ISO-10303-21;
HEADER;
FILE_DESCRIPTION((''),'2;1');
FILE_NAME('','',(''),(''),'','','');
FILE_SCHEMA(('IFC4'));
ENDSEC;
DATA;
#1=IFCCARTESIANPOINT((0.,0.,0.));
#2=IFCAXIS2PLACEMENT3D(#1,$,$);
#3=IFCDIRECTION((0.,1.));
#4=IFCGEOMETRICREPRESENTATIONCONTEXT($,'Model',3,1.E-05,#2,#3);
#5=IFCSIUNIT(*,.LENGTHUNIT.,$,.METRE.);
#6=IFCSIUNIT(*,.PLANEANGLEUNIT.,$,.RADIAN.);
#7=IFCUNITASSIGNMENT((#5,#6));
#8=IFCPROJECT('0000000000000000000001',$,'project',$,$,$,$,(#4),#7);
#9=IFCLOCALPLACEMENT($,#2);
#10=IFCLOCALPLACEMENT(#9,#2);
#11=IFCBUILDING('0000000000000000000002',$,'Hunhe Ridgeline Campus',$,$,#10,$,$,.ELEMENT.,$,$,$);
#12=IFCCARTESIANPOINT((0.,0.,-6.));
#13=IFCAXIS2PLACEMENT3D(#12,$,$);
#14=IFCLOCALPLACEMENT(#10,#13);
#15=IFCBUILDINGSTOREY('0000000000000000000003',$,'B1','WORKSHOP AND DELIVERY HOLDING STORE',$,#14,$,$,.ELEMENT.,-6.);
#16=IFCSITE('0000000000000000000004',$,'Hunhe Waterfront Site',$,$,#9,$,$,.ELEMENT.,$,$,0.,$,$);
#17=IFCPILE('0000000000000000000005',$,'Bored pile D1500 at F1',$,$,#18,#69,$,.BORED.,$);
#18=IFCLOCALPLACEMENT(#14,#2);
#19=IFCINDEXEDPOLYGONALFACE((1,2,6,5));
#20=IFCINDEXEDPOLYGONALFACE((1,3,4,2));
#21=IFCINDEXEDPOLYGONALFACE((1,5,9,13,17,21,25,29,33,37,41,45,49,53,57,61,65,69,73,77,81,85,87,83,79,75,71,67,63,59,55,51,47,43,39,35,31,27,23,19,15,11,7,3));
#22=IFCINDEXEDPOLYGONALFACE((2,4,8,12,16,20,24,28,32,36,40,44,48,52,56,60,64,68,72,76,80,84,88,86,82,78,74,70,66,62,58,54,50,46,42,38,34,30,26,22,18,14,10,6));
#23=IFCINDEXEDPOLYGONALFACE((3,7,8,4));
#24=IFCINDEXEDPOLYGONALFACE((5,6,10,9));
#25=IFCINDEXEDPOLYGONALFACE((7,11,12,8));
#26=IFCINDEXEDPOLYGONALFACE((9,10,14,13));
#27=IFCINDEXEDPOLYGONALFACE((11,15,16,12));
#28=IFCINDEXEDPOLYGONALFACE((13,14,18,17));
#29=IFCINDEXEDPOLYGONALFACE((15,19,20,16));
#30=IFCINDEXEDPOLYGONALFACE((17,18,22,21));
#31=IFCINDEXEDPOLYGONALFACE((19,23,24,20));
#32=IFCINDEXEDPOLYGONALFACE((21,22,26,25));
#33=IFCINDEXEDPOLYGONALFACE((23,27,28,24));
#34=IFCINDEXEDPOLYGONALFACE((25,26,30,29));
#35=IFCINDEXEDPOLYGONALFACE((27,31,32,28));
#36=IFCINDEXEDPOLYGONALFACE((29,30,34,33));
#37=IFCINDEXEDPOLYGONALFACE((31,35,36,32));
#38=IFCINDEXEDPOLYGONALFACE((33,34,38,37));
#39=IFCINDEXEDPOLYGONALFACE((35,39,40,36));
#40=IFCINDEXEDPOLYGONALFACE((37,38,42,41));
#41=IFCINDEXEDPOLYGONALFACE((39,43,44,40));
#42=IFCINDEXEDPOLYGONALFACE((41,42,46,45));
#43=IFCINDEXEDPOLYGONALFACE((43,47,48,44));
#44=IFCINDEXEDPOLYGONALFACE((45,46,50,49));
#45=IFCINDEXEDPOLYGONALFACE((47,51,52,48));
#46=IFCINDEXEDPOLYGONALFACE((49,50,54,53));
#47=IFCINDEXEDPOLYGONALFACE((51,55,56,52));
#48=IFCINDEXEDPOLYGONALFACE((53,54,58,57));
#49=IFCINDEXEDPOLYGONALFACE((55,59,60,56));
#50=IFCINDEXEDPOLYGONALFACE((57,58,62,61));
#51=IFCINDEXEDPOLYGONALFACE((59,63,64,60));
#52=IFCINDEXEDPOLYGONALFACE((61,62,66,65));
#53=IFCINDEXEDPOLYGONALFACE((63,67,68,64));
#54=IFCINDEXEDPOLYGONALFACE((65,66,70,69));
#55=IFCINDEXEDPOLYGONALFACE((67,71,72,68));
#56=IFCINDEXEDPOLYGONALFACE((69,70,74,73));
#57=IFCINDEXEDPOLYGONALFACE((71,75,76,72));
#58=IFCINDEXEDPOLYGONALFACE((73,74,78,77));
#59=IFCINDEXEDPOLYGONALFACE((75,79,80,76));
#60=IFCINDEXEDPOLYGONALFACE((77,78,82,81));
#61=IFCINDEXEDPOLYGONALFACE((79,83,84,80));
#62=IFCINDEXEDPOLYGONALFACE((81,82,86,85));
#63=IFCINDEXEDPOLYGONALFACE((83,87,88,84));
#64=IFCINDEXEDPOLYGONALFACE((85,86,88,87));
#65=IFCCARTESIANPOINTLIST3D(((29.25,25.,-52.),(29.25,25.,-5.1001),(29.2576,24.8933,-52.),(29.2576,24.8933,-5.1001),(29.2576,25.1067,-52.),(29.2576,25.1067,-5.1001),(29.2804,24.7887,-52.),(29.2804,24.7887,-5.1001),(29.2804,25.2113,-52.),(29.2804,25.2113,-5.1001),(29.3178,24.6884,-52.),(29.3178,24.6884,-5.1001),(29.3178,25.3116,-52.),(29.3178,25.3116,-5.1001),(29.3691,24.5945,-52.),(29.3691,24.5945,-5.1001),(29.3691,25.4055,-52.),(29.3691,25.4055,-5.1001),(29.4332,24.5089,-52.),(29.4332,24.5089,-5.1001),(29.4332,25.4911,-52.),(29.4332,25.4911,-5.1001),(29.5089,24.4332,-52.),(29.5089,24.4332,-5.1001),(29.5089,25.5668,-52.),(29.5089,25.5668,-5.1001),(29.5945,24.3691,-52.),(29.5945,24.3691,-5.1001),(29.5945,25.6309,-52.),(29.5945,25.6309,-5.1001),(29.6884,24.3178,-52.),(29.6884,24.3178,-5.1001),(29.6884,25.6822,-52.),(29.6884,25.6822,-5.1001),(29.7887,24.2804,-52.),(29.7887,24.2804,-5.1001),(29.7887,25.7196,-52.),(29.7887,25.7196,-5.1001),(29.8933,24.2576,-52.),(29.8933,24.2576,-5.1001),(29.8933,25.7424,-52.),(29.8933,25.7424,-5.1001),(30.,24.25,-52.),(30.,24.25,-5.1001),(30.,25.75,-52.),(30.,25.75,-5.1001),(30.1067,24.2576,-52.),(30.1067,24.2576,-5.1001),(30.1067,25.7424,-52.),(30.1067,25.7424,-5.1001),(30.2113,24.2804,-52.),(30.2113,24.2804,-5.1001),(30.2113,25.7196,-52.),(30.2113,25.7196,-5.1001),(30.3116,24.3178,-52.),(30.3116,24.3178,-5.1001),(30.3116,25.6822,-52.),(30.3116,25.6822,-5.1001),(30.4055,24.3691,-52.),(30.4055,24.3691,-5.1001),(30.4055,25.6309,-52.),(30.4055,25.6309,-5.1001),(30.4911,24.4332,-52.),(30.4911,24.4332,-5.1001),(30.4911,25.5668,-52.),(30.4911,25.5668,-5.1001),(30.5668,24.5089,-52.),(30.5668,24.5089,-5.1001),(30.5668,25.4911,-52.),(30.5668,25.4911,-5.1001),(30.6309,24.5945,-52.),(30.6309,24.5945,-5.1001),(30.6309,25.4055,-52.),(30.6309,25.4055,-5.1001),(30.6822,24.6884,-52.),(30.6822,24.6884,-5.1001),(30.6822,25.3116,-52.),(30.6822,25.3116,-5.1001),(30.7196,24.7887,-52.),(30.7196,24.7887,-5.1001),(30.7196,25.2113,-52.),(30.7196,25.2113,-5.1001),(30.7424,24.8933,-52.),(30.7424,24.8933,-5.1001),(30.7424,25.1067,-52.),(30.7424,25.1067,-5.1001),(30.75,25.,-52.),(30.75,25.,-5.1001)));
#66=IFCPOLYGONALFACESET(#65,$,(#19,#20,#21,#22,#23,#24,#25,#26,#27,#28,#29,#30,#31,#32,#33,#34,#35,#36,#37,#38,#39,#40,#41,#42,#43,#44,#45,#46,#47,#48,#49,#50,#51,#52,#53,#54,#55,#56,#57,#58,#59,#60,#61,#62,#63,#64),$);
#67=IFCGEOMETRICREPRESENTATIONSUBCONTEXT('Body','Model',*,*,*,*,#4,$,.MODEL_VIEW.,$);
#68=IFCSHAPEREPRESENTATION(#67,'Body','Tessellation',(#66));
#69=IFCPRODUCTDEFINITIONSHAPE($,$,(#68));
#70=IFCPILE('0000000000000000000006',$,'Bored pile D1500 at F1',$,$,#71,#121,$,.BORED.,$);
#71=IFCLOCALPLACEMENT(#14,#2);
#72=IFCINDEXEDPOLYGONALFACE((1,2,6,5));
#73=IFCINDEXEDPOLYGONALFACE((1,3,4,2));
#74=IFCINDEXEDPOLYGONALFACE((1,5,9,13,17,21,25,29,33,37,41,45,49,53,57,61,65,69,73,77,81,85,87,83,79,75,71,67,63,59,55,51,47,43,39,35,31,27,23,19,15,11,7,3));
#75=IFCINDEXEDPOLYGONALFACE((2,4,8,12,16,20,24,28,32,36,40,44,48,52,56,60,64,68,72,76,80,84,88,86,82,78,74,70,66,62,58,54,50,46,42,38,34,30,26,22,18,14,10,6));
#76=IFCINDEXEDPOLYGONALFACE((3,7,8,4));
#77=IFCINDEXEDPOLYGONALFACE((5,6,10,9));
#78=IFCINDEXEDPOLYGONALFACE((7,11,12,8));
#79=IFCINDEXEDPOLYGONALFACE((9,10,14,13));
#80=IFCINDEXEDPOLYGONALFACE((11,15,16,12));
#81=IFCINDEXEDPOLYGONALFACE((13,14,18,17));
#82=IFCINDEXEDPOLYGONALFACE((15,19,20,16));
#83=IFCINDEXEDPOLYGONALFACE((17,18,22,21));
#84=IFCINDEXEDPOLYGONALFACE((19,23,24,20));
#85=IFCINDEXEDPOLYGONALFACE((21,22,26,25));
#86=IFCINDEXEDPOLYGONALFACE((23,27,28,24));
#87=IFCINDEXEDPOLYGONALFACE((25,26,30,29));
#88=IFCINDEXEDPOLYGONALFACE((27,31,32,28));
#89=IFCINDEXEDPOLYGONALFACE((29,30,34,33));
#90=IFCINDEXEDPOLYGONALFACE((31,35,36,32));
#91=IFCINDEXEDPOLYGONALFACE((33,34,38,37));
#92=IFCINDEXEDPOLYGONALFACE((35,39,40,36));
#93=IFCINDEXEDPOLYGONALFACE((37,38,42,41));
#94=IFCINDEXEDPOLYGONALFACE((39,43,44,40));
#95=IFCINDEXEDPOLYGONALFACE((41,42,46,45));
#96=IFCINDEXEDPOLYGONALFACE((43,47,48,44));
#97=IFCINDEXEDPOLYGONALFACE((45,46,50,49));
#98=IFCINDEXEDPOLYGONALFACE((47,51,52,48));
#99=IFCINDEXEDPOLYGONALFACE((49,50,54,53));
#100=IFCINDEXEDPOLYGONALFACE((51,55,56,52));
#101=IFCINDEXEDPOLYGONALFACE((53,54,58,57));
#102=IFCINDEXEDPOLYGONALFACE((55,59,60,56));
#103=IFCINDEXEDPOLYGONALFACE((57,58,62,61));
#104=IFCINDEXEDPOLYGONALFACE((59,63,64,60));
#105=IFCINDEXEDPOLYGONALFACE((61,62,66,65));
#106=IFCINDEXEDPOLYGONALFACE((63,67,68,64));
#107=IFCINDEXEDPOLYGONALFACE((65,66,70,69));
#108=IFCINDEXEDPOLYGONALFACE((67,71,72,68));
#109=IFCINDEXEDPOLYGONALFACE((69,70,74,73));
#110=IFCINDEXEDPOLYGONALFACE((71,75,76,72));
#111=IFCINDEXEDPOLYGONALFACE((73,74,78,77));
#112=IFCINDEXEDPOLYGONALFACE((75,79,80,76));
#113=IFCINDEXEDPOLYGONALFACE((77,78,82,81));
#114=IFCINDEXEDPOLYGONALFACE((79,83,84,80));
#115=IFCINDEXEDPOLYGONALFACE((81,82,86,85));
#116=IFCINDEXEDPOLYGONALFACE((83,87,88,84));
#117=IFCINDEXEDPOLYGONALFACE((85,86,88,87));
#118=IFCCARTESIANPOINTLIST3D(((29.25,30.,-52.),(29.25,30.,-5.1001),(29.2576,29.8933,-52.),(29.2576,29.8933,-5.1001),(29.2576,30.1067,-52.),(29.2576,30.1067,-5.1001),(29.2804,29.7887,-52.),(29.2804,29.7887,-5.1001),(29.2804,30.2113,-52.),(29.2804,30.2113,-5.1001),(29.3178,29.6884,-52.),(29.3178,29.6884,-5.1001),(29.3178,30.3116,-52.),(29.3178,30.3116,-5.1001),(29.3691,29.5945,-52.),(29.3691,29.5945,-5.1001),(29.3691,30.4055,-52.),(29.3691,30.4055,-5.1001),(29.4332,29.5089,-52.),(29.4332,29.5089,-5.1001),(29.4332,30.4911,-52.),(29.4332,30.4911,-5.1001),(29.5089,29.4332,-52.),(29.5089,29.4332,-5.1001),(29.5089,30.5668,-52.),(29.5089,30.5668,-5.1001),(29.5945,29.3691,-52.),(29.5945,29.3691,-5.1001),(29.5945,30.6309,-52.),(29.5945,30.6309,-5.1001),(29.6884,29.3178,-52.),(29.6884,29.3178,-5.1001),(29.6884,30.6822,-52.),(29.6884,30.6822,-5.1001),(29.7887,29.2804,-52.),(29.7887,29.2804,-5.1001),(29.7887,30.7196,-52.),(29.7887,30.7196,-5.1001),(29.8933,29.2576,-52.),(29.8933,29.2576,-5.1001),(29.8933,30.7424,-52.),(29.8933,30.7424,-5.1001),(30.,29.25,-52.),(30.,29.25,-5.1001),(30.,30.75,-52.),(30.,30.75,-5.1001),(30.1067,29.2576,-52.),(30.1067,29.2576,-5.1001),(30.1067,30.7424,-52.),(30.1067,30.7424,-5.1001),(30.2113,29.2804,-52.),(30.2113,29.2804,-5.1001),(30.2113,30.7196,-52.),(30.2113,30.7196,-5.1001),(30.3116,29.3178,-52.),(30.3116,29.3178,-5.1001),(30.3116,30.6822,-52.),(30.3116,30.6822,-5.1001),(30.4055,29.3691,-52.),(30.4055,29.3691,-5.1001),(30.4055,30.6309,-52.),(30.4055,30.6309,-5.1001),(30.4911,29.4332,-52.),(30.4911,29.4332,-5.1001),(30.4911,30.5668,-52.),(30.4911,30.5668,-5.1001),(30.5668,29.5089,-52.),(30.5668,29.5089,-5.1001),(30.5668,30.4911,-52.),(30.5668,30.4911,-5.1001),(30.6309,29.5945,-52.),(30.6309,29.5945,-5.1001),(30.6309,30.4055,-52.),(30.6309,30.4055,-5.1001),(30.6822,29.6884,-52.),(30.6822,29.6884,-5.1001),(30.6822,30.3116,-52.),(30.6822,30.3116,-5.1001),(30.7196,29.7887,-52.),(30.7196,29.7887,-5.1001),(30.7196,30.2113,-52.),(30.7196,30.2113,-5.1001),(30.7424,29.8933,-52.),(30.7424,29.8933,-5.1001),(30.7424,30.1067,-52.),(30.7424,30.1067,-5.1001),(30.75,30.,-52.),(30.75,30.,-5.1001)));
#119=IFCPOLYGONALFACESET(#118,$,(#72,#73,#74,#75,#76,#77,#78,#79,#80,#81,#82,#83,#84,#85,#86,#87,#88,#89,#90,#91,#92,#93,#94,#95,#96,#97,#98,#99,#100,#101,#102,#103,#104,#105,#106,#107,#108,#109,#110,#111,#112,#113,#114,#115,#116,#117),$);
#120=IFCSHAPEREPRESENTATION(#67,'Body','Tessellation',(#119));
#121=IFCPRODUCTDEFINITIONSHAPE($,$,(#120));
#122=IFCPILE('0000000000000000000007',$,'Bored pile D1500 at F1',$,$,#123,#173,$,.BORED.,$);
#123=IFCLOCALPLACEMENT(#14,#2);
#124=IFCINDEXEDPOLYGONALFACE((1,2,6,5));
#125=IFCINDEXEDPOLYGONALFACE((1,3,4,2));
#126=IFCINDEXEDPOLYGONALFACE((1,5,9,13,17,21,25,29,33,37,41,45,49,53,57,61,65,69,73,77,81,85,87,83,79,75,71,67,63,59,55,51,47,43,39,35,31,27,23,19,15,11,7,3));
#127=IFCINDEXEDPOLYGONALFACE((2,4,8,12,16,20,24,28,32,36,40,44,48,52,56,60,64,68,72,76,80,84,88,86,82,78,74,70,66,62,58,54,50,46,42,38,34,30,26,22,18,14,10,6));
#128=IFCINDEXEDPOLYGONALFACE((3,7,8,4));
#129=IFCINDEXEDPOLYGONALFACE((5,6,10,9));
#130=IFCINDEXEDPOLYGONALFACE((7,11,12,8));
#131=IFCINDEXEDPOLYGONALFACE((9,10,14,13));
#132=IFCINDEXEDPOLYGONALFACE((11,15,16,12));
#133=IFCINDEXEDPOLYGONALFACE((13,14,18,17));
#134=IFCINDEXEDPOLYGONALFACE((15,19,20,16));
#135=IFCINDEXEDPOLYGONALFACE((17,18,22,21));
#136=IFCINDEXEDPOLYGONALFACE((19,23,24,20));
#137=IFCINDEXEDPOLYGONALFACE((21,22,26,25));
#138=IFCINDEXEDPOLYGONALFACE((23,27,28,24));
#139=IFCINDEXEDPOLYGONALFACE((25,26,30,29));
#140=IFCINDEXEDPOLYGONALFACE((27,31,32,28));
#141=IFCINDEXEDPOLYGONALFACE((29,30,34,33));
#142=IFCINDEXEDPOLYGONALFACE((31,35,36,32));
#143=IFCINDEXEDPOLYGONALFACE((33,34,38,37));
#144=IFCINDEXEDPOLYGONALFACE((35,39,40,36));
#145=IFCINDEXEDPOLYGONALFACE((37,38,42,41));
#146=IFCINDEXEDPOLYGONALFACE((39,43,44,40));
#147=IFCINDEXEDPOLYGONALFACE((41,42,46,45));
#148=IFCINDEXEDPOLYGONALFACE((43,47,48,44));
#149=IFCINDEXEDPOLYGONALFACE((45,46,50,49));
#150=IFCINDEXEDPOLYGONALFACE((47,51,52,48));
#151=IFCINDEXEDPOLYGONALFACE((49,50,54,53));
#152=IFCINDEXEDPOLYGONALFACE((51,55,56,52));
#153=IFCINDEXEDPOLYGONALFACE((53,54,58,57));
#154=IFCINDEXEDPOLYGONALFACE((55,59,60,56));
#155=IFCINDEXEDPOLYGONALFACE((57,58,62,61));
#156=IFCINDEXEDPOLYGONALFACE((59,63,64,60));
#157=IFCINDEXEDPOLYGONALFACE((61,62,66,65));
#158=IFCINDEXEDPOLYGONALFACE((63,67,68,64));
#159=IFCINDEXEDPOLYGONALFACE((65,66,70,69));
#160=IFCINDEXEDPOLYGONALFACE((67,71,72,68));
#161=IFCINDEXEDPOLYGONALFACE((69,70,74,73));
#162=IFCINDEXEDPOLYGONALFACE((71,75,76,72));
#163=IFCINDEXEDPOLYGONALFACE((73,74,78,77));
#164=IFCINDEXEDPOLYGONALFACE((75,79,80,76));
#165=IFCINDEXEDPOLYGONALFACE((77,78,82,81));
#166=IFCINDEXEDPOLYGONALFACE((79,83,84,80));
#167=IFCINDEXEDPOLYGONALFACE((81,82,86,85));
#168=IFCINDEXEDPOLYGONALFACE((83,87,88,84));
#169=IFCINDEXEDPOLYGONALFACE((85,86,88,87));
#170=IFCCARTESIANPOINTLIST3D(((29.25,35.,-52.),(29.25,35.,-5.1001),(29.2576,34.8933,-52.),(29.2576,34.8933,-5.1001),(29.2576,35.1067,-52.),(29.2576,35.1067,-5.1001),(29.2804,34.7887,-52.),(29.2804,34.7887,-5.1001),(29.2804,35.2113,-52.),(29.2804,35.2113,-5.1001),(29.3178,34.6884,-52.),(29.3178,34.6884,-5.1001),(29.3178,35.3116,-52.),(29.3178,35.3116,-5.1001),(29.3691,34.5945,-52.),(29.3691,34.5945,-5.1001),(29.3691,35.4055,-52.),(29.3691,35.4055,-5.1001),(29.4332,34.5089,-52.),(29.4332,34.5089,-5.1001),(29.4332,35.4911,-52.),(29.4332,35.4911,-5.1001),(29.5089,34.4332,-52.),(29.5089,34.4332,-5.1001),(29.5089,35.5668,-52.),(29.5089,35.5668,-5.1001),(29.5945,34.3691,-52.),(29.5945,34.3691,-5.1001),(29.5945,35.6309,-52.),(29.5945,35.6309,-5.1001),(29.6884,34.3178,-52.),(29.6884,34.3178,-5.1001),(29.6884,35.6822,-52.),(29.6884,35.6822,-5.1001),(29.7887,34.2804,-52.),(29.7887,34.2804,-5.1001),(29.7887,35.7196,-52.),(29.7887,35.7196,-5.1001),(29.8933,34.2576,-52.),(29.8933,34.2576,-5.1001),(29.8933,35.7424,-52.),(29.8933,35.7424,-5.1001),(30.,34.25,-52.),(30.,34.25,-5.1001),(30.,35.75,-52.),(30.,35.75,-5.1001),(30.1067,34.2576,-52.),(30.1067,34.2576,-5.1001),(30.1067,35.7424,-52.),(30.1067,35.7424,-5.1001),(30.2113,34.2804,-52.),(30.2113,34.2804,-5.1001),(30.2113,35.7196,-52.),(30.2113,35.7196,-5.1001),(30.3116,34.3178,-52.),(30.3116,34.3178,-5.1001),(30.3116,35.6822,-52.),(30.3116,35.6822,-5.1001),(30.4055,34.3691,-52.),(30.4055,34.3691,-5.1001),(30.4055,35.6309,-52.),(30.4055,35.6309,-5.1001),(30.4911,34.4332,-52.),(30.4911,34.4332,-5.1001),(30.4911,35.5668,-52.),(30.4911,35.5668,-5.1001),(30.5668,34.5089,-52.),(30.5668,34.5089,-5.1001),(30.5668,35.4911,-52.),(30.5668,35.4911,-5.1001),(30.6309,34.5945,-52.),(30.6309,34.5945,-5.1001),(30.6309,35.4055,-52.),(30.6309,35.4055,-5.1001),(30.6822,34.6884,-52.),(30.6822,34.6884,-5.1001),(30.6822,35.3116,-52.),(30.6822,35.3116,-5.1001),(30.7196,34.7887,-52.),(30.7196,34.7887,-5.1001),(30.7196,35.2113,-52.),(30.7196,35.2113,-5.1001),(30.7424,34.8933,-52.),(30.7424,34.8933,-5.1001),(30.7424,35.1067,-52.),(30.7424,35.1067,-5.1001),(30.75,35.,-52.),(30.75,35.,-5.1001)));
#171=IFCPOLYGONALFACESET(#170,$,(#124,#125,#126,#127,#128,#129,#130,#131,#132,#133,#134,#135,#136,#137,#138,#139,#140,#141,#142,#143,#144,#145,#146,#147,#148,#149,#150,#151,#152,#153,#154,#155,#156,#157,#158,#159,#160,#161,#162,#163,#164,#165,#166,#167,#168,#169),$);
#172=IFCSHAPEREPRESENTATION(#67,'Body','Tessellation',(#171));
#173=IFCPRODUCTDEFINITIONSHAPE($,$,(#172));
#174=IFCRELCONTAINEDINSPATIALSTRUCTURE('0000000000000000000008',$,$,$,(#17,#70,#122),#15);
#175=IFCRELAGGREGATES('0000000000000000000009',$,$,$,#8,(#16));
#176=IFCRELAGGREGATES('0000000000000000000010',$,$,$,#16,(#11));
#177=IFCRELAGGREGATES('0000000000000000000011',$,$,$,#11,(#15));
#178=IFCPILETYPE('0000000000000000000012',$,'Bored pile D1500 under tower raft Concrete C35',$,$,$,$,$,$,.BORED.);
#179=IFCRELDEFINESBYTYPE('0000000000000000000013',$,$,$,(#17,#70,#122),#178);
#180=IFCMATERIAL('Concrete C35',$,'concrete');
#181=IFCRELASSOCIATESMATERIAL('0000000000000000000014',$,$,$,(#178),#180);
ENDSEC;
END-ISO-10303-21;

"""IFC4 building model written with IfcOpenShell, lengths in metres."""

from ifc_helpers import new_model, si_unit, direction, frame, origin, origin_2d, place, context, subcontext, project, spatial, circle, extrude, material, material_profile, profile_set, type_object, element, save


model = new_model("IFC4")

# Units and contexts
model_context = context("Model", 3, precision=1e-05, world=origin(), true_north=direction((0.0, 1.0)))
body_context = subcontext(model_context, "Body", "Model", "MODEL_VIEW")
ifc_project = project(units=[si_unit("LENGTHUNIT", "METRE"), si_unit("PLANEANGLEUNIT", "RADIAN")], contexts=[model_context])

# Site, building, storey
site_placement = place(None, origin())
site = spatial("IfcSite", under=ifc_project, at=site_placement, Name="Hunhe Waterfront Site", CompositionType="ELEMENT", RefElevation=0.0)
building_placement = place(site_placement, origin())
building = spatial("IfcBuilding", under=site, at=building_placement, Name="Hunhe Ridgeline Campus", CompositionType="ELEMENT")
storey_placement = place(building_placement, frame((0.0, 0.0, -6.0)))
storey = spatial("IfcBuildingStorey", under=building, at=storey_placement, Name="B1", Description="WORKSHOP AND DELIVERY HOLDING STORE", CompositionType="ELEMENT", Elevation=-6.0)

# Piles
ifc_material_1 = material(Name="Concrete C35", Category="concrete")
ifc_material_profile_1 = material_profile(ifc_material_1, circle(Radius=0.75, at=origin_2d()))
ifc_profile_set_1 = profile_set([ifc_material_profile_1], Name="Concrete C35")
pile_type = type_object("IfcPileType", Name="Bored pile D1500 under tower raft Concrete C35", PredefinedType="BORED", material=ifc_profile_set_1)
for number, where, z_axis, x_axis, name in (
    (1, (30.0, 25.0, -5.1001), (0.0, 0.0, -1.0), (1.0, 0.0, 0.0), "Bored pile D1500 at F1"),
    (2, (30.0, 30.0, -5.1001), (0.0, 0.0, -1.0), (1.0, 0.0, 0.0), "Bored pile D1500 at F1"),
    (3, (30.0, 35.0, -5.1001), (0.0, 0.0, -1.0), (1.0, 0.0, 0.0), "Bored pile D1500 at F1"),
):
    element("IfcPile", number, at=place(storey_placement, frame(where, z_axis=z_axis, x_axis=x_axis)), inside=storey, type_object=pile_type, Name=name, PredefinedType="BORED", context=body_context, shape_type="SweptSolid", body=[
        extrude(circle(Radius=0.75, at=origin_2d()), origin(), (0.0, 0.0, 1.0), 46.8999),
    ])

save(model, "model.ifc")
